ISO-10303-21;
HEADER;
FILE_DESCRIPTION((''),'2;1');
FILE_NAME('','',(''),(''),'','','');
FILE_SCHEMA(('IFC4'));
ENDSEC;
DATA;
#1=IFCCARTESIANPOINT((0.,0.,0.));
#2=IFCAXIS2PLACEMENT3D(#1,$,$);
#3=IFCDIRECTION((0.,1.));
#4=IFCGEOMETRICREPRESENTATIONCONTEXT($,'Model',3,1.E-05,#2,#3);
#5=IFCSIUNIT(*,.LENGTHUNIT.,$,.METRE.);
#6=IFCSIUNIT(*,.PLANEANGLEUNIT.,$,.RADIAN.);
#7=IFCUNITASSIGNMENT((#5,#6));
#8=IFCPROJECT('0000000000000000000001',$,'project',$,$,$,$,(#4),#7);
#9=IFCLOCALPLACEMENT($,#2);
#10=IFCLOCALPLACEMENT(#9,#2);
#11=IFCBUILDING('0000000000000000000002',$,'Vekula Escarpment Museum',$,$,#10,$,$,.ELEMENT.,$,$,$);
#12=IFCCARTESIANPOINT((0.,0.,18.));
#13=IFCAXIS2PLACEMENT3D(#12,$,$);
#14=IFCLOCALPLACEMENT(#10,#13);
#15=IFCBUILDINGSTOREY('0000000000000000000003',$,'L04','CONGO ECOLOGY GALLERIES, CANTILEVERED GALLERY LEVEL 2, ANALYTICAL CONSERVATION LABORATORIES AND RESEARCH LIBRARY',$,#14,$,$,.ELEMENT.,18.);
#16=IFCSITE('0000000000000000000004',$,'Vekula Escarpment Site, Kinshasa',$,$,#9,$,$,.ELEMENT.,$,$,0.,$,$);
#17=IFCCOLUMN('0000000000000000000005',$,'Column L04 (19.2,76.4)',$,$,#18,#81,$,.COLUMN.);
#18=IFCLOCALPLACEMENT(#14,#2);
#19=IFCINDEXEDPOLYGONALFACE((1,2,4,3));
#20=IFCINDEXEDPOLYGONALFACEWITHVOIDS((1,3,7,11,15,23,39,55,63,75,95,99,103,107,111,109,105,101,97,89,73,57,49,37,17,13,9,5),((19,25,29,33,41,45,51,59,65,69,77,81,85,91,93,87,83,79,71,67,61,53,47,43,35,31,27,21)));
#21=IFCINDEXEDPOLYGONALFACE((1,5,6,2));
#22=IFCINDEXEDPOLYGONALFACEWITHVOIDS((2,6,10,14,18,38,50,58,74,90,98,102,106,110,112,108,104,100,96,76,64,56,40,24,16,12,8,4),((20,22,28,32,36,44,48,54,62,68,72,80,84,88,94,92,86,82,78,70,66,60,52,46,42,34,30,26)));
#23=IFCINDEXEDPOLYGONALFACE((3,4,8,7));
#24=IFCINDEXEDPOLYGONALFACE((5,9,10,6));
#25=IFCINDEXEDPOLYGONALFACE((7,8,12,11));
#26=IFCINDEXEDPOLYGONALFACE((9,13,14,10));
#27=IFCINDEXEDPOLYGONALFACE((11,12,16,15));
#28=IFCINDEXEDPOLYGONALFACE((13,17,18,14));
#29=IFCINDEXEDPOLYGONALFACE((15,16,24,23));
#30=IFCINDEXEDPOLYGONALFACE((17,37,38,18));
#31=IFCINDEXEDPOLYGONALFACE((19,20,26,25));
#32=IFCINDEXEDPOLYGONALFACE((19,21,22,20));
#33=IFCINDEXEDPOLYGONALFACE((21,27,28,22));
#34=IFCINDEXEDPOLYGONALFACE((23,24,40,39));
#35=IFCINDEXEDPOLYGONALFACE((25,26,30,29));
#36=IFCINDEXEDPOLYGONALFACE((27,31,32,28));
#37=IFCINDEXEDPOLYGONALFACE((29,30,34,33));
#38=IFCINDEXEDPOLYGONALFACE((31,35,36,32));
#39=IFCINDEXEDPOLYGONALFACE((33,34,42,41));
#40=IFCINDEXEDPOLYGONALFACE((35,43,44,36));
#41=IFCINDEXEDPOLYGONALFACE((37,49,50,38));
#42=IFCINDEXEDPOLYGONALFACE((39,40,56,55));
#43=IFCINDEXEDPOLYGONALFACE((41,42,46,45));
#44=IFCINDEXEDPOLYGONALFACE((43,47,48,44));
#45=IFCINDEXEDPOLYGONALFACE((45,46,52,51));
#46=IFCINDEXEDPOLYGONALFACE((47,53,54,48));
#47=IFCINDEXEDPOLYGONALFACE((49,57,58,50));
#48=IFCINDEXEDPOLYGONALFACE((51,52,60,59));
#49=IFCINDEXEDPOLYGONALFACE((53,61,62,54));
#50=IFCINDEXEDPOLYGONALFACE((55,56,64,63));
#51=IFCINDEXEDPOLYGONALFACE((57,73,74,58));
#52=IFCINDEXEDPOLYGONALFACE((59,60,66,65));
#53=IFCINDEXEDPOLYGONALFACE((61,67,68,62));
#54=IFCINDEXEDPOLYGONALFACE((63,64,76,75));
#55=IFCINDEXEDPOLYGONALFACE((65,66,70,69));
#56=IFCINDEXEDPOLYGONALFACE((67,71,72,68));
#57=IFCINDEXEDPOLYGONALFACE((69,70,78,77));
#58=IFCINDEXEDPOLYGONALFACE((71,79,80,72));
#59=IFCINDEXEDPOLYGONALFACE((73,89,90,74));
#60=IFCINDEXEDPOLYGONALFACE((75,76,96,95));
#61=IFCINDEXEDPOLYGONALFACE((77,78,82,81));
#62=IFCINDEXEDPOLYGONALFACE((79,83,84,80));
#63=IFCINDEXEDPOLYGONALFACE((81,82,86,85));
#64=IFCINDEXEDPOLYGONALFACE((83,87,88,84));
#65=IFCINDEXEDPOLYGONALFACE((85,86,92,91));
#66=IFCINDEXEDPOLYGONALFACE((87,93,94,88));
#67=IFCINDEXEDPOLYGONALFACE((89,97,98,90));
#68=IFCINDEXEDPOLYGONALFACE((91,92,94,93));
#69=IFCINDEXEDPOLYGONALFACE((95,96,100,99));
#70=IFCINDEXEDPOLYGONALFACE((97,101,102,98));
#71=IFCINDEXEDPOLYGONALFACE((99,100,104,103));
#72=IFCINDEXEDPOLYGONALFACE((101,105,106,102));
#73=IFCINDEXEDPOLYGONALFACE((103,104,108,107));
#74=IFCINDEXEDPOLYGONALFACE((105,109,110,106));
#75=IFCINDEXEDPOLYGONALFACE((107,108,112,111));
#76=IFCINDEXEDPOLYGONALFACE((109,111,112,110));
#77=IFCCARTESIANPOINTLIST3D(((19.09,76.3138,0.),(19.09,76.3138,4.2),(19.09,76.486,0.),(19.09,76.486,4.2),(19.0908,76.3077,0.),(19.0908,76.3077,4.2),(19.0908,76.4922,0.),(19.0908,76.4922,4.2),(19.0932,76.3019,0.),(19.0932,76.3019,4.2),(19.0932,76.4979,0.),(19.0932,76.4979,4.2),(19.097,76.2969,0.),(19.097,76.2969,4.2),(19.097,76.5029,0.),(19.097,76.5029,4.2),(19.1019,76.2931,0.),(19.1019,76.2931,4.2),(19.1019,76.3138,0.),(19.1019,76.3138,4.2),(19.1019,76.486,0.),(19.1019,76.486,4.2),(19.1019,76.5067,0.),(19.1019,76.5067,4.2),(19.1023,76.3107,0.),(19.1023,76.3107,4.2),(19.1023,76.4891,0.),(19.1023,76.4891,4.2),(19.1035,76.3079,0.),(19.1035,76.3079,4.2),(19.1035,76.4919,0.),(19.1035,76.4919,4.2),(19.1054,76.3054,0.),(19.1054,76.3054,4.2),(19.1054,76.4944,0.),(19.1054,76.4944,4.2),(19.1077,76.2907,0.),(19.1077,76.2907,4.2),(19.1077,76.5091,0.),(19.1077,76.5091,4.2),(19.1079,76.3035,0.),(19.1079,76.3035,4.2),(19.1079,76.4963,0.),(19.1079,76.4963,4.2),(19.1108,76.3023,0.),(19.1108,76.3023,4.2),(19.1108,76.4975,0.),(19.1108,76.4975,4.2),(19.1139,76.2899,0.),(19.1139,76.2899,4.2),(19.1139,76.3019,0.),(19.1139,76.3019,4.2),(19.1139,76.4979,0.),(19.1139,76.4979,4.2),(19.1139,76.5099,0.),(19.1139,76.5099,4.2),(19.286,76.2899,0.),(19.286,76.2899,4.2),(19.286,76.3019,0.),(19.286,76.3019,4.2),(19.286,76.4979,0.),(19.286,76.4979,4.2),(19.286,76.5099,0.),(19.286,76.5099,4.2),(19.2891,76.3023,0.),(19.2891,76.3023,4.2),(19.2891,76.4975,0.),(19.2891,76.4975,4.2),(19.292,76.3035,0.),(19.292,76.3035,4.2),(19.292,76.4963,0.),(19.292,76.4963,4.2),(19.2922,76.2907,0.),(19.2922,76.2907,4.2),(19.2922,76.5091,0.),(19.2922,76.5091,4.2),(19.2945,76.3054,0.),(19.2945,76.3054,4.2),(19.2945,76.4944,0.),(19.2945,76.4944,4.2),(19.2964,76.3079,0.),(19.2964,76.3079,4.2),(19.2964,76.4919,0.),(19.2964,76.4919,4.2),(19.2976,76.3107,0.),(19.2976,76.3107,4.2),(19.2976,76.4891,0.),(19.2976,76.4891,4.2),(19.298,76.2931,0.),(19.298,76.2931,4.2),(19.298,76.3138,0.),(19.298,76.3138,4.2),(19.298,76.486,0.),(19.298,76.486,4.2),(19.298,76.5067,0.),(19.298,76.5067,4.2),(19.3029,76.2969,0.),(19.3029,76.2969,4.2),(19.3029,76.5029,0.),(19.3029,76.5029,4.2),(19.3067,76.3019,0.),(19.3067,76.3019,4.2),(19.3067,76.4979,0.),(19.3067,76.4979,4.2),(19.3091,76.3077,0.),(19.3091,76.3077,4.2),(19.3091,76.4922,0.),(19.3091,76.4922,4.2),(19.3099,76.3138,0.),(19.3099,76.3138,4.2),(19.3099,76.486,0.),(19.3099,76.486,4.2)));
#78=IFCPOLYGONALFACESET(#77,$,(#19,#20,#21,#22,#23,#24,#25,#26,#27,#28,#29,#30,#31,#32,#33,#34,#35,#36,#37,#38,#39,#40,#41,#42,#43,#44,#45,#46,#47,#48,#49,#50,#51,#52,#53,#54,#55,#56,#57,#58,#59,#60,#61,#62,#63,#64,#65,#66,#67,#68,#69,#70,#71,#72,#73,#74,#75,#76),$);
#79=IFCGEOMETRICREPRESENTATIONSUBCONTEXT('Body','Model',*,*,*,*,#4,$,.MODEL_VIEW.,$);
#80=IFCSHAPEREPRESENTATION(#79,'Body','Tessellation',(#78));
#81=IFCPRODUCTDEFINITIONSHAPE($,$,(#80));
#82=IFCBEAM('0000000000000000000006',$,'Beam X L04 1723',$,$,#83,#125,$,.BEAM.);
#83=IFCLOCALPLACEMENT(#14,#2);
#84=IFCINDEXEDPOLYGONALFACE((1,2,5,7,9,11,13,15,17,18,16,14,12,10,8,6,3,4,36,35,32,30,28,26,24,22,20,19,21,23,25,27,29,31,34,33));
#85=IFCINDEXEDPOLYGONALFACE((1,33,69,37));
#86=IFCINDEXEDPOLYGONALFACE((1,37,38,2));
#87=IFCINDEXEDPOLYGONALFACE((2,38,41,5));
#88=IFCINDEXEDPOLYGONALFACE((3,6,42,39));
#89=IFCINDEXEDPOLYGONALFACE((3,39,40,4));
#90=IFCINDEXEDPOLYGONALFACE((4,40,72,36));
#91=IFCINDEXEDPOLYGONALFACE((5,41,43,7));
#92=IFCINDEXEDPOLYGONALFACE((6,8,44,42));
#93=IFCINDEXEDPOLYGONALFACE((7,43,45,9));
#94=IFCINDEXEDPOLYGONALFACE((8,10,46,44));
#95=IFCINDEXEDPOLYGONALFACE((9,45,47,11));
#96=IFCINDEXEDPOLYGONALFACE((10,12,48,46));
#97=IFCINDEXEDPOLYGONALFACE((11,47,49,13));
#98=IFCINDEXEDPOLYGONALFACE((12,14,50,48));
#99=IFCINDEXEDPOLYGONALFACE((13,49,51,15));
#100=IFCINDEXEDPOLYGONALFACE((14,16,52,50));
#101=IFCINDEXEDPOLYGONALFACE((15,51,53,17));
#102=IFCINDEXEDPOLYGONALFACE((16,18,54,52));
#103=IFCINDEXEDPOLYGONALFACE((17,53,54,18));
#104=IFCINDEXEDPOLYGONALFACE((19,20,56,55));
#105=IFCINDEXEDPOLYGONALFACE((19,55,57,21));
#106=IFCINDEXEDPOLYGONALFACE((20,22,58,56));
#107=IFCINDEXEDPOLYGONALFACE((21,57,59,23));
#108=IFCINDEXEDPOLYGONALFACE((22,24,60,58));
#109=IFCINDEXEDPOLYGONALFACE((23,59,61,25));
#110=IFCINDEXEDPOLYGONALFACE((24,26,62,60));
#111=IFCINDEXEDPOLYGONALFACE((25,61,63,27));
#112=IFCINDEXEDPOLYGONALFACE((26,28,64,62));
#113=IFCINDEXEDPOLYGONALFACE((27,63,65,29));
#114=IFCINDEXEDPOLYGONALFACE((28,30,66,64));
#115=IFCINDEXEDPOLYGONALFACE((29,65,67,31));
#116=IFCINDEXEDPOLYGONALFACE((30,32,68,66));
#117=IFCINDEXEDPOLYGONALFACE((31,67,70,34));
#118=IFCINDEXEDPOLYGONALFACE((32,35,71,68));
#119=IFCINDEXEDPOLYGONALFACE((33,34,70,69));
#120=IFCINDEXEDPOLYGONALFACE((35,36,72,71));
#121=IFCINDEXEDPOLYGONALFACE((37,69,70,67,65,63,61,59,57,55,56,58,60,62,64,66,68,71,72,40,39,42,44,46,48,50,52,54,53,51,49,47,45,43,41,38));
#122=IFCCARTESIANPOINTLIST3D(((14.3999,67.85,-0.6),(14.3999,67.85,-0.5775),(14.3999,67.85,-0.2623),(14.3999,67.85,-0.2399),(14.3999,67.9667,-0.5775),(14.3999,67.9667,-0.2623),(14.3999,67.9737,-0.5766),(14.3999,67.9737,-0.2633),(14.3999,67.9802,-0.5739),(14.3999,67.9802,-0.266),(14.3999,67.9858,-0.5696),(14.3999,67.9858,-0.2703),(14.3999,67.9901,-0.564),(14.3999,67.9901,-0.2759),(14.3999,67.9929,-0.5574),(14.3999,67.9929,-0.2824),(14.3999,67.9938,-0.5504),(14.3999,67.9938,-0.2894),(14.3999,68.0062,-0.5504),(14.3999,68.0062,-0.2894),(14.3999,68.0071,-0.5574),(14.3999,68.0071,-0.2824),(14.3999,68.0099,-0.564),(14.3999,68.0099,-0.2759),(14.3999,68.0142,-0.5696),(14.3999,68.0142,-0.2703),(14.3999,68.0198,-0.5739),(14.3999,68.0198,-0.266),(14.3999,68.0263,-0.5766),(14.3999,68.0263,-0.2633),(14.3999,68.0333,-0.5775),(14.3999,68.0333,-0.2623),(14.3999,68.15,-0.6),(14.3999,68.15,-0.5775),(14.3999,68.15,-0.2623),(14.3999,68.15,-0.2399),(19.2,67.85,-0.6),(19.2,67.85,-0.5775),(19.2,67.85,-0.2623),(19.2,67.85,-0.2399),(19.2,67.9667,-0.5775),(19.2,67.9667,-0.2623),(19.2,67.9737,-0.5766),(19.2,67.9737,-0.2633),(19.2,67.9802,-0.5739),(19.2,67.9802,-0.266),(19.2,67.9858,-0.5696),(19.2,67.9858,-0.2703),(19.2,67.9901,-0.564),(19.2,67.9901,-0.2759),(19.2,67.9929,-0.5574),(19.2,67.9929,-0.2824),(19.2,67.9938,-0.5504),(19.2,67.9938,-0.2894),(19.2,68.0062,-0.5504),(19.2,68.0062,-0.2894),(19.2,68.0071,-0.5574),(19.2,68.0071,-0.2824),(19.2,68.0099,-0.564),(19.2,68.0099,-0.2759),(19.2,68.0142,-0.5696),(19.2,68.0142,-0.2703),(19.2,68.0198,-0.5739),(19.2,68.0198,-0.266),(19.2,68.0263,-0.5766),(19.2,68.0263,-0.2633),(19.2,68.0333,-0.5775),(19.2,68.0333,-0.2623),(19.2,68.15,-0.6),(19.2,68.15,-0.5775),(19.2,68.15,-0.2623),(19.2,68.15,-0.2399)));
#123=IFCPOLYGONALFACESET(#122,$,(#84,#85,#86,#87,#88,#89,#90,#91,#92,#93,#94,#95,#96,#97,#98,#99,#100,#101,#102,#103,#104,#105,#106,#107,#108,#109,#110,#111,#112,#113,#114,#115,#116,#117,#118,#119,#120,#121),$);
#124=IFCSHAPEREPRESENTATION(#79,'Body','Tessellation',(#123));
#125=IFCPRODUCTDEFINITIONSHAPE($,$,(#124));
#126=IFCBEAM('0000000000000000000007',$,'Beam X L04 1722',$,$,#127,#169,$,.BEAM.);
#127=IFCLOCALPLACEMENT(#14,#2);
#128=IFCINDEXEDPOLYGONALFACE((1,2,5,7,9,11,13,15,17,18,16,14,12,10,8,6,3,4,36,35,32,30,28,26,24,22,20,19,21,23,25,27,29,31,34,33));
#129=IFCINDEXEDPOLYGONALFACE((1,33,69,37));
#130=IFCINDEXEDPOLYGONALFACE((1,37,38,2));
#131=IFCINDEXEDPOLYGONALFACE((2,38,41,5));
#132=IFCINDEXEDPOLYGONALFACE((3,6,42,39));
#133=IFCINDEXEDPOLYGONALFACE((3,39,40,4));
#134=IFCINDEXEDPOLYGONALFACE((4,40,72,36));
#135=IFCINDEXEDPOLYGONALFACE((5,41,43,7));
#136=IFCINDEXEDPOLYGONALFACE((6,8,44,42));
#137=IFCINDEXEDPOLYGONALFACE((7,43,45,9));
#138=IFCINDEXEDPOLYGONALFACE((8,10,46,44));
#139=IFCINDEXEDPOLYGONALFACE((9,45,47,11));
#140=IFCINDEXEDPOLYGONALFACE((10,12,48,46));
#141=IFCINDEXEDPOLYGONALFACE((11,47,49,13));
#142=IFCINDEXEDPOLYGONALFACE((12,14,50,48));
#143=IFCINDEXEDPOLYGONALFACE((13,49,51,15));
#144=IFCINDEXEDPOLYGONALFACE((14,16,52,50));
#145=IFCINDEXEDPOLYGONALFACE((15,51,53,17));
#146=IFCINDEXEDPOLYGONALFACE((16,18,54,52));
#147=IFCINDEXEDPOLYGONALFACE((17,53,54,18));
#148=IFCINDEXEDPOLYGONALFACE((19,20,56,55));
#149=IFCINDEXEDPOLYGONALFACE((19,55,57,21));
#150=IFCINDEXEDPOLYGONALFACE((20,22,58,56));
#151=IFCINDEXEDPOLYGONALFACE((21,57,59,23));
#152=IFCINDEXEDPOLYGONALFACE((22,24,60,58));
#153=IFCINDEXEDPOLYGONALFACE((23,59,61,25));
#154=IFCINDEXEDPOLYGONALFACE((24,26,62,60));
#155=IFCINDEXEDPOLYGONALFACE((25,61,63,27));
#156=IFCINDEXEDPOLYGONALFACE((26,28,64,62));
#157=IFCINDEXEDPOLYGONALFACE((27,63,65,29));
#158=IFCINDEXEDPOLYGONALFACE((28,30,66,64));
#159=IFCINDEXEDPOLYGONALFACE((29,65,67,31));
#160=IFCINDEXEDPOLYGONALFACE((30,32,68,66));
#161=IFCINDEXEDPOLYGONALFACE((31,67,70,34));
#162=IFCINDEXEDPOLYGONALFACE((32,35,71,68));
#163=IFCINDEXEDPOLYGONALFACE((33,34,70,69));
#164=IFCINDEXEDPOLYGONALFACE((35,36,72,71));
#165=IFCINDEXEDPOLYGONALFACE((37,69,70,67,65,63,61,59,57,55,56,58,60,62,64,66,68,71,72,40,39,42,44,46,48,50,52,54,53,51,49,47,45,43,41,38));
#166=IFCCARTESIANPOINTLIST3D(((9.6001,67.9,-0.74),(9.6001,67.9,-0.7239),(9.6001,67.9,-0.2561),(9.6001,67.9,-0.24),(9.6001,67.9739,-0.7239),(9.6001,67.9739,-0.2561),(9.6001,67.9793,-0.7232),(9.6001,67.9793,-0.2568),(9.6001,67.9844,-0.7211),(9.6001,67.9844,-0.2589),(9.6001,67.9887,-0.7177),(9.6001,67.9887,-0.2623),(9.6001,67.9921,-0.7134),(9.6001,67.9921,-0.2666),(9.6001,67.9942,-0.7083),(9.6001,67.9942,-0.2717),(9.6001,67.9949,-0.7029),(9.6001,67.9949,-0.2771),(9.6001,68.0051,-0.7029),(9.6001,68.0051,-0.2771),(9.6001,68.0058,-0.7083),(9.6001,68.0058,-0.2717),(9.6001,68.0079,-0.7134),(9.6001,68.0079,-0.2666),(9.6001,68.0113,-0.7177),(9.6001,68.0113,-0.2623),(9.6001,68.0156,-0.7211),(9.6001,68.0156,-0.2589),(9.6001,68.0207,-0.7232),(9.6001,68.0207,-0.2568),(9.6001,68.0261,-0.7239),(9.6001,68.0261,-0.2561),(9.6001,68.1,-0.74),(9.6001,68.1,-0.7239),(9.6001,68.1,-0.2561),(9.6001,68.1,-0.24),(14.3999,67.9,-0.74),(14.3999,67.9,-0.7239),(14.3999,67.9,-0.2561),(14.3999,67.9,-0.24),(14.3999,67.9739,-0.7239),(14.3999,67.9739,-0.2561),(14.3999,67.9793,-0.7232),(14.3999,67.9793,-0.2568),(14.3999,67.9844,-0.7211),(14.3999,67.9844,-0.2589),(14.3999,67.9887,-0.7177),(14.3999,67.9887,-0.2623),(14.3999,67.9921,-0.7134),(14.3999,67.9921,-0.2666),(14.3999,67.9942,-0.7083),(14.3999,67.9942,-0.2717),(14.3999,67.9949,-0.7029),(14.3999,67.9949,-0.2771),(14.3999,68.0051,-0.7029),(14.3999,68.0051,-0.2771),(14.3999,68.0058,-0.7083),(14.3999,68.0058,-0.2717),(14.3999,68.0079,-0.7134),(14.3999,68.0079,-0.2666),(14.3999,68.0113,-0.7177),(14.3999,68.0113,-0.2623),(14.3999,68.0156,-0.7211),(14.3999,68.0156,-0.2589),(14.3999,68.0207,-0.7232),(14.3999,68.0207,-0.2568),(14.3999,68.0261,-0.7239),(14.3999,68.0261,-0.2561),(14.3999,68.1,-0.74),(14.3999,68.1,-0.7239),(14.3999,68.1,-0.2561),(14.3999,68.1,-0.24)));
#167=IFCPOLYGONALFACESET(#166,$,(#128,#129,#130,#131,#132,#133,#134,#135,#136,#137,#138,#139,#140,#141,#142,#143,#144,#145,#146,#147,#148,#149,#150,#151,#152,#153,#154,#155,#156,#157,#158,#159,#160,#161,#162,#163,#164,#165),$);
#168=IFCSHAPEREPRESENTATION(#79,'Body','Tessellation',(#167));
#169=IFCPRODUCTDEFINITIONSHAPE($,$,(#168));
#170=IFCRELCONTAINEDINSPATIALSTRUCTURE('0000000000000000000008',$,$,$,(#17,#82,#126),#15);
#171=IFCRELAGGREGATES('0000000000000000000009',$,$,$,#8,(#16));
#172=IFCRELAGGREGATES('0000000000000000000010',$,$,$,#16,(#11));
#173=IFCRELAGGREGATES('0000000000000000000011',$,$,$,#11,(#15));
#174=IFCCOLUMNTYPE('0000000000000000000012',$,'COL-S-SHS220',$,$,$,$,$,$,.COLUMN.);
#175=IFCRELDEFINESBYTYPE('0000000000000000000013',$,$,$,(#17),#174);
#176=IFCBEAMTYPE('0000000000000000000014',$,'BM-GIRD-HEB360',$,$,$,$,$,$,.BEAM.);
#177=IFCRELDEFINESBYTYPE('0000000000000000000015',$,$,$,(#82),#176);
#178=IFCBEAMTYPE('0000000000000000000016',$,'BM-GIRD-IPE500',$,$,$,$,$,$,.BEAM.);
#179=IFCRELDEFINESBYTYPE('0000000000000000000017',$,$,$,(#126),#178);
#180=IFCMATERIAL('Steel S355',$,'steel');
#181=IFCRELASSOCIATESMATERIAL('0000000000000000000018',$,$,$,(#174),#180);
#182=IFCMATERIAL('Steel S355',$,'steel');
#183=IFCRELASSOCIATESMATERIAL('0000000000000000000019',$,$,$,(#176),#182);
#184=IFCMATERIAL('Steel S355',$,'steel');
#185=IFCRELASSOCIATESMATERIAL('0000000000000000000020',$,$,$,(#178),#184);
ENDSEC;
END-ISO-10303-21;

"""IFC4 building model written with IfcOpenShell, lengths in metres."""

from ifc_helpers import new_model, si_unit, direction, frame, origin, origin_2d, place, context, subcontext, project, spatial, hollow_rectangle, i_section, extrude, material, material_profile, profile_set, type_object, element, save


model = new_model("IFC4")

# Units and contexts
model_context = context("Model", 3, precision=1e-05, world=origin(), true_north=direction((0.0, 1.0)))
body_context = subcontext(model_context, "Body", "Model", "MODEL_VIEW")
ifc_project = project(units=[si_unit("LENGTHUNIT", "METRE"), si_unit("PLANEANGLEUNIT", "RADIAN")], contexts=[model_context])

# Site, building, storey
site_placement = place(None, origin())
site = spatial("IfcSite", under=ifc_project, at=site_placement, Name="Vekula Escarpment Site, Kinshasa", CompositionType="ELEMENT", RefElevation=0.0)
building_placement = place(site_placement, origin())
building = spatial("IfcBuilding", under=site, at=building_placement, Name="Vekula Escarpment Museum", CompositionType="ELEMENT")
storey_placement = place(building_placement, frame((0.0, 0.0, 18.0)))
storey = spatial("IfcBuildingStorey", under=building, at=storey_placement, Name="L04", Description="CONGO ECOLOGY GALLERIES, CANTILEVERED GALLERY LEVEL 2, ANALYTICAL CONSERVATION LABORATORIES AND RESEARCH LIBRARY", CompositionType="ELEMENT", Elevation=18.0)

# Column
ifc_material_1 = material(Name="Steel S355", Category="steel")
ifc_material_profile_1 = material_profile(ifc_material_1, hollow_rectangle(XDim=0.22, YDim=0.22, WallThickness=0.012, InnerFilletRadius=0.012, OuterFilletRadius=0.0239, at=origin_2d()), Name="SHS 220x220x12")
ifc_profile_set_1 = profile_set([ifc_material_profile_1], Name="Steel S355")
column_type_1 = type_object("IfcColumnType", Name="COL-S-SHS220", PredefinedType="COLUMN", material=ifc_profile_set_1)
column_1_placement = place(storey_placement, frame((19.2, 76.3999, 0.0), z_axis=(0.0, 0.0, 1.0), x_axis=(1.0, 0.0, 0.0)))
element("IfcColumn", 1, at=column_1_placement, inside=storey, type_object=column_type_1, Name="Column L04 (19.2,76.4)", PredefinedType="COLUMN", context=body_context, shape_type="SweptSolid", body=[
    extrude(hollow_rectangle(XDim=0.22, YDim=0.22, WallThickness=0.012, InnerFilletRadius=0.012, OuterFilletRadius=0.0239, at=origin_2d()), origin(), (0.0, 0.0, 1.0), 4.2),
])

# Beams
ifc_material_2 = material(Name="Steel S355", Category="steel")
ifc_material_profile_2 = material_profile(ifc_material_2, i_section(OverallWidth=0.3, OverallDepth=0.3601, WebThickness=0.0125, FlangeThickness=0.0225, FilletRadius=0.0271, at=origin_2d()), Name="HEB 360")
ifc_profile_set_2 = profile_set([ifc_material_profile_2], Name="Steel S355")
beam_type_1 = type_object("IfcBeamType", Name="BM-GIRD-HEB360", PredefinedType="BEAM", material=ifc_profile_set_2)
beam_1_placement = place(storey_placement, frame((14.3999, 68.0, -0.4199), z_axis=(1.0, 0.0, 0.0), x_axis=(0.0, 1.0, 0.0)))
element("IfcBeam", 2, at=beam_1_placement, inside=storey, type_object=beam_type_1, Name="Beam X L04 1723", PredefinedType="BEAM", context=body_context, shape_type="SweptSolid", body=[
    extrude(i_section(OverallWidth=0.3, OverallDepth=0.3601, WebThickness=0.0125, FlangeThickness=0.0225, FilletRadius=0.0271, at=origin_2d()), origin(), (0.0, 0.0, 1.0), 4.8),
])
ifc_material_3 = material(Name="Steel S355", Category="steel")
ifc_material_profile_3 = material_profile(ifc_material_3, i_section(OverallWidth=0.2, OverallDepth=0.5, WebThickness=0.0103, FlangeThickness=0.0161, FilletRadius=0.021, at=origin_2d()), Name="IPE 500")
ifc_profile_set_3 = profile_set([ifc_material_profile_3], Name="Steel S355")
beam_type_2 = type_object("IfcBeamType", Name="BM-GIRD-IPE500", PredefinedType="BEAM", material=ifc_profile_set_3)
beam_2_placement = place(storey_placement, frame((9.6001, 68.0, -0.49), z_axis=(1.0, 0.0, 0.0), x_axis=(0.0, 1.0, 0.0)))
element("IfcBeam", 3, at=beam_2_placement, inside=storey, type_object=beam_type_2, Name="Beam X L04 1722", PredefinedType="BEAM", context=body_context, shape_type="SweptSolid", body=[
    extrude(i_section(OverallWidth=0.2, OverallDepth=0.5, WebThickness=0.0103, FlangeThickness=0.0161, FilletRadius=0.021, at=origin_2d()), origin(), (0.0, 0.0, 1.0), 4.7998),
])

save(model, "model.ifc")
